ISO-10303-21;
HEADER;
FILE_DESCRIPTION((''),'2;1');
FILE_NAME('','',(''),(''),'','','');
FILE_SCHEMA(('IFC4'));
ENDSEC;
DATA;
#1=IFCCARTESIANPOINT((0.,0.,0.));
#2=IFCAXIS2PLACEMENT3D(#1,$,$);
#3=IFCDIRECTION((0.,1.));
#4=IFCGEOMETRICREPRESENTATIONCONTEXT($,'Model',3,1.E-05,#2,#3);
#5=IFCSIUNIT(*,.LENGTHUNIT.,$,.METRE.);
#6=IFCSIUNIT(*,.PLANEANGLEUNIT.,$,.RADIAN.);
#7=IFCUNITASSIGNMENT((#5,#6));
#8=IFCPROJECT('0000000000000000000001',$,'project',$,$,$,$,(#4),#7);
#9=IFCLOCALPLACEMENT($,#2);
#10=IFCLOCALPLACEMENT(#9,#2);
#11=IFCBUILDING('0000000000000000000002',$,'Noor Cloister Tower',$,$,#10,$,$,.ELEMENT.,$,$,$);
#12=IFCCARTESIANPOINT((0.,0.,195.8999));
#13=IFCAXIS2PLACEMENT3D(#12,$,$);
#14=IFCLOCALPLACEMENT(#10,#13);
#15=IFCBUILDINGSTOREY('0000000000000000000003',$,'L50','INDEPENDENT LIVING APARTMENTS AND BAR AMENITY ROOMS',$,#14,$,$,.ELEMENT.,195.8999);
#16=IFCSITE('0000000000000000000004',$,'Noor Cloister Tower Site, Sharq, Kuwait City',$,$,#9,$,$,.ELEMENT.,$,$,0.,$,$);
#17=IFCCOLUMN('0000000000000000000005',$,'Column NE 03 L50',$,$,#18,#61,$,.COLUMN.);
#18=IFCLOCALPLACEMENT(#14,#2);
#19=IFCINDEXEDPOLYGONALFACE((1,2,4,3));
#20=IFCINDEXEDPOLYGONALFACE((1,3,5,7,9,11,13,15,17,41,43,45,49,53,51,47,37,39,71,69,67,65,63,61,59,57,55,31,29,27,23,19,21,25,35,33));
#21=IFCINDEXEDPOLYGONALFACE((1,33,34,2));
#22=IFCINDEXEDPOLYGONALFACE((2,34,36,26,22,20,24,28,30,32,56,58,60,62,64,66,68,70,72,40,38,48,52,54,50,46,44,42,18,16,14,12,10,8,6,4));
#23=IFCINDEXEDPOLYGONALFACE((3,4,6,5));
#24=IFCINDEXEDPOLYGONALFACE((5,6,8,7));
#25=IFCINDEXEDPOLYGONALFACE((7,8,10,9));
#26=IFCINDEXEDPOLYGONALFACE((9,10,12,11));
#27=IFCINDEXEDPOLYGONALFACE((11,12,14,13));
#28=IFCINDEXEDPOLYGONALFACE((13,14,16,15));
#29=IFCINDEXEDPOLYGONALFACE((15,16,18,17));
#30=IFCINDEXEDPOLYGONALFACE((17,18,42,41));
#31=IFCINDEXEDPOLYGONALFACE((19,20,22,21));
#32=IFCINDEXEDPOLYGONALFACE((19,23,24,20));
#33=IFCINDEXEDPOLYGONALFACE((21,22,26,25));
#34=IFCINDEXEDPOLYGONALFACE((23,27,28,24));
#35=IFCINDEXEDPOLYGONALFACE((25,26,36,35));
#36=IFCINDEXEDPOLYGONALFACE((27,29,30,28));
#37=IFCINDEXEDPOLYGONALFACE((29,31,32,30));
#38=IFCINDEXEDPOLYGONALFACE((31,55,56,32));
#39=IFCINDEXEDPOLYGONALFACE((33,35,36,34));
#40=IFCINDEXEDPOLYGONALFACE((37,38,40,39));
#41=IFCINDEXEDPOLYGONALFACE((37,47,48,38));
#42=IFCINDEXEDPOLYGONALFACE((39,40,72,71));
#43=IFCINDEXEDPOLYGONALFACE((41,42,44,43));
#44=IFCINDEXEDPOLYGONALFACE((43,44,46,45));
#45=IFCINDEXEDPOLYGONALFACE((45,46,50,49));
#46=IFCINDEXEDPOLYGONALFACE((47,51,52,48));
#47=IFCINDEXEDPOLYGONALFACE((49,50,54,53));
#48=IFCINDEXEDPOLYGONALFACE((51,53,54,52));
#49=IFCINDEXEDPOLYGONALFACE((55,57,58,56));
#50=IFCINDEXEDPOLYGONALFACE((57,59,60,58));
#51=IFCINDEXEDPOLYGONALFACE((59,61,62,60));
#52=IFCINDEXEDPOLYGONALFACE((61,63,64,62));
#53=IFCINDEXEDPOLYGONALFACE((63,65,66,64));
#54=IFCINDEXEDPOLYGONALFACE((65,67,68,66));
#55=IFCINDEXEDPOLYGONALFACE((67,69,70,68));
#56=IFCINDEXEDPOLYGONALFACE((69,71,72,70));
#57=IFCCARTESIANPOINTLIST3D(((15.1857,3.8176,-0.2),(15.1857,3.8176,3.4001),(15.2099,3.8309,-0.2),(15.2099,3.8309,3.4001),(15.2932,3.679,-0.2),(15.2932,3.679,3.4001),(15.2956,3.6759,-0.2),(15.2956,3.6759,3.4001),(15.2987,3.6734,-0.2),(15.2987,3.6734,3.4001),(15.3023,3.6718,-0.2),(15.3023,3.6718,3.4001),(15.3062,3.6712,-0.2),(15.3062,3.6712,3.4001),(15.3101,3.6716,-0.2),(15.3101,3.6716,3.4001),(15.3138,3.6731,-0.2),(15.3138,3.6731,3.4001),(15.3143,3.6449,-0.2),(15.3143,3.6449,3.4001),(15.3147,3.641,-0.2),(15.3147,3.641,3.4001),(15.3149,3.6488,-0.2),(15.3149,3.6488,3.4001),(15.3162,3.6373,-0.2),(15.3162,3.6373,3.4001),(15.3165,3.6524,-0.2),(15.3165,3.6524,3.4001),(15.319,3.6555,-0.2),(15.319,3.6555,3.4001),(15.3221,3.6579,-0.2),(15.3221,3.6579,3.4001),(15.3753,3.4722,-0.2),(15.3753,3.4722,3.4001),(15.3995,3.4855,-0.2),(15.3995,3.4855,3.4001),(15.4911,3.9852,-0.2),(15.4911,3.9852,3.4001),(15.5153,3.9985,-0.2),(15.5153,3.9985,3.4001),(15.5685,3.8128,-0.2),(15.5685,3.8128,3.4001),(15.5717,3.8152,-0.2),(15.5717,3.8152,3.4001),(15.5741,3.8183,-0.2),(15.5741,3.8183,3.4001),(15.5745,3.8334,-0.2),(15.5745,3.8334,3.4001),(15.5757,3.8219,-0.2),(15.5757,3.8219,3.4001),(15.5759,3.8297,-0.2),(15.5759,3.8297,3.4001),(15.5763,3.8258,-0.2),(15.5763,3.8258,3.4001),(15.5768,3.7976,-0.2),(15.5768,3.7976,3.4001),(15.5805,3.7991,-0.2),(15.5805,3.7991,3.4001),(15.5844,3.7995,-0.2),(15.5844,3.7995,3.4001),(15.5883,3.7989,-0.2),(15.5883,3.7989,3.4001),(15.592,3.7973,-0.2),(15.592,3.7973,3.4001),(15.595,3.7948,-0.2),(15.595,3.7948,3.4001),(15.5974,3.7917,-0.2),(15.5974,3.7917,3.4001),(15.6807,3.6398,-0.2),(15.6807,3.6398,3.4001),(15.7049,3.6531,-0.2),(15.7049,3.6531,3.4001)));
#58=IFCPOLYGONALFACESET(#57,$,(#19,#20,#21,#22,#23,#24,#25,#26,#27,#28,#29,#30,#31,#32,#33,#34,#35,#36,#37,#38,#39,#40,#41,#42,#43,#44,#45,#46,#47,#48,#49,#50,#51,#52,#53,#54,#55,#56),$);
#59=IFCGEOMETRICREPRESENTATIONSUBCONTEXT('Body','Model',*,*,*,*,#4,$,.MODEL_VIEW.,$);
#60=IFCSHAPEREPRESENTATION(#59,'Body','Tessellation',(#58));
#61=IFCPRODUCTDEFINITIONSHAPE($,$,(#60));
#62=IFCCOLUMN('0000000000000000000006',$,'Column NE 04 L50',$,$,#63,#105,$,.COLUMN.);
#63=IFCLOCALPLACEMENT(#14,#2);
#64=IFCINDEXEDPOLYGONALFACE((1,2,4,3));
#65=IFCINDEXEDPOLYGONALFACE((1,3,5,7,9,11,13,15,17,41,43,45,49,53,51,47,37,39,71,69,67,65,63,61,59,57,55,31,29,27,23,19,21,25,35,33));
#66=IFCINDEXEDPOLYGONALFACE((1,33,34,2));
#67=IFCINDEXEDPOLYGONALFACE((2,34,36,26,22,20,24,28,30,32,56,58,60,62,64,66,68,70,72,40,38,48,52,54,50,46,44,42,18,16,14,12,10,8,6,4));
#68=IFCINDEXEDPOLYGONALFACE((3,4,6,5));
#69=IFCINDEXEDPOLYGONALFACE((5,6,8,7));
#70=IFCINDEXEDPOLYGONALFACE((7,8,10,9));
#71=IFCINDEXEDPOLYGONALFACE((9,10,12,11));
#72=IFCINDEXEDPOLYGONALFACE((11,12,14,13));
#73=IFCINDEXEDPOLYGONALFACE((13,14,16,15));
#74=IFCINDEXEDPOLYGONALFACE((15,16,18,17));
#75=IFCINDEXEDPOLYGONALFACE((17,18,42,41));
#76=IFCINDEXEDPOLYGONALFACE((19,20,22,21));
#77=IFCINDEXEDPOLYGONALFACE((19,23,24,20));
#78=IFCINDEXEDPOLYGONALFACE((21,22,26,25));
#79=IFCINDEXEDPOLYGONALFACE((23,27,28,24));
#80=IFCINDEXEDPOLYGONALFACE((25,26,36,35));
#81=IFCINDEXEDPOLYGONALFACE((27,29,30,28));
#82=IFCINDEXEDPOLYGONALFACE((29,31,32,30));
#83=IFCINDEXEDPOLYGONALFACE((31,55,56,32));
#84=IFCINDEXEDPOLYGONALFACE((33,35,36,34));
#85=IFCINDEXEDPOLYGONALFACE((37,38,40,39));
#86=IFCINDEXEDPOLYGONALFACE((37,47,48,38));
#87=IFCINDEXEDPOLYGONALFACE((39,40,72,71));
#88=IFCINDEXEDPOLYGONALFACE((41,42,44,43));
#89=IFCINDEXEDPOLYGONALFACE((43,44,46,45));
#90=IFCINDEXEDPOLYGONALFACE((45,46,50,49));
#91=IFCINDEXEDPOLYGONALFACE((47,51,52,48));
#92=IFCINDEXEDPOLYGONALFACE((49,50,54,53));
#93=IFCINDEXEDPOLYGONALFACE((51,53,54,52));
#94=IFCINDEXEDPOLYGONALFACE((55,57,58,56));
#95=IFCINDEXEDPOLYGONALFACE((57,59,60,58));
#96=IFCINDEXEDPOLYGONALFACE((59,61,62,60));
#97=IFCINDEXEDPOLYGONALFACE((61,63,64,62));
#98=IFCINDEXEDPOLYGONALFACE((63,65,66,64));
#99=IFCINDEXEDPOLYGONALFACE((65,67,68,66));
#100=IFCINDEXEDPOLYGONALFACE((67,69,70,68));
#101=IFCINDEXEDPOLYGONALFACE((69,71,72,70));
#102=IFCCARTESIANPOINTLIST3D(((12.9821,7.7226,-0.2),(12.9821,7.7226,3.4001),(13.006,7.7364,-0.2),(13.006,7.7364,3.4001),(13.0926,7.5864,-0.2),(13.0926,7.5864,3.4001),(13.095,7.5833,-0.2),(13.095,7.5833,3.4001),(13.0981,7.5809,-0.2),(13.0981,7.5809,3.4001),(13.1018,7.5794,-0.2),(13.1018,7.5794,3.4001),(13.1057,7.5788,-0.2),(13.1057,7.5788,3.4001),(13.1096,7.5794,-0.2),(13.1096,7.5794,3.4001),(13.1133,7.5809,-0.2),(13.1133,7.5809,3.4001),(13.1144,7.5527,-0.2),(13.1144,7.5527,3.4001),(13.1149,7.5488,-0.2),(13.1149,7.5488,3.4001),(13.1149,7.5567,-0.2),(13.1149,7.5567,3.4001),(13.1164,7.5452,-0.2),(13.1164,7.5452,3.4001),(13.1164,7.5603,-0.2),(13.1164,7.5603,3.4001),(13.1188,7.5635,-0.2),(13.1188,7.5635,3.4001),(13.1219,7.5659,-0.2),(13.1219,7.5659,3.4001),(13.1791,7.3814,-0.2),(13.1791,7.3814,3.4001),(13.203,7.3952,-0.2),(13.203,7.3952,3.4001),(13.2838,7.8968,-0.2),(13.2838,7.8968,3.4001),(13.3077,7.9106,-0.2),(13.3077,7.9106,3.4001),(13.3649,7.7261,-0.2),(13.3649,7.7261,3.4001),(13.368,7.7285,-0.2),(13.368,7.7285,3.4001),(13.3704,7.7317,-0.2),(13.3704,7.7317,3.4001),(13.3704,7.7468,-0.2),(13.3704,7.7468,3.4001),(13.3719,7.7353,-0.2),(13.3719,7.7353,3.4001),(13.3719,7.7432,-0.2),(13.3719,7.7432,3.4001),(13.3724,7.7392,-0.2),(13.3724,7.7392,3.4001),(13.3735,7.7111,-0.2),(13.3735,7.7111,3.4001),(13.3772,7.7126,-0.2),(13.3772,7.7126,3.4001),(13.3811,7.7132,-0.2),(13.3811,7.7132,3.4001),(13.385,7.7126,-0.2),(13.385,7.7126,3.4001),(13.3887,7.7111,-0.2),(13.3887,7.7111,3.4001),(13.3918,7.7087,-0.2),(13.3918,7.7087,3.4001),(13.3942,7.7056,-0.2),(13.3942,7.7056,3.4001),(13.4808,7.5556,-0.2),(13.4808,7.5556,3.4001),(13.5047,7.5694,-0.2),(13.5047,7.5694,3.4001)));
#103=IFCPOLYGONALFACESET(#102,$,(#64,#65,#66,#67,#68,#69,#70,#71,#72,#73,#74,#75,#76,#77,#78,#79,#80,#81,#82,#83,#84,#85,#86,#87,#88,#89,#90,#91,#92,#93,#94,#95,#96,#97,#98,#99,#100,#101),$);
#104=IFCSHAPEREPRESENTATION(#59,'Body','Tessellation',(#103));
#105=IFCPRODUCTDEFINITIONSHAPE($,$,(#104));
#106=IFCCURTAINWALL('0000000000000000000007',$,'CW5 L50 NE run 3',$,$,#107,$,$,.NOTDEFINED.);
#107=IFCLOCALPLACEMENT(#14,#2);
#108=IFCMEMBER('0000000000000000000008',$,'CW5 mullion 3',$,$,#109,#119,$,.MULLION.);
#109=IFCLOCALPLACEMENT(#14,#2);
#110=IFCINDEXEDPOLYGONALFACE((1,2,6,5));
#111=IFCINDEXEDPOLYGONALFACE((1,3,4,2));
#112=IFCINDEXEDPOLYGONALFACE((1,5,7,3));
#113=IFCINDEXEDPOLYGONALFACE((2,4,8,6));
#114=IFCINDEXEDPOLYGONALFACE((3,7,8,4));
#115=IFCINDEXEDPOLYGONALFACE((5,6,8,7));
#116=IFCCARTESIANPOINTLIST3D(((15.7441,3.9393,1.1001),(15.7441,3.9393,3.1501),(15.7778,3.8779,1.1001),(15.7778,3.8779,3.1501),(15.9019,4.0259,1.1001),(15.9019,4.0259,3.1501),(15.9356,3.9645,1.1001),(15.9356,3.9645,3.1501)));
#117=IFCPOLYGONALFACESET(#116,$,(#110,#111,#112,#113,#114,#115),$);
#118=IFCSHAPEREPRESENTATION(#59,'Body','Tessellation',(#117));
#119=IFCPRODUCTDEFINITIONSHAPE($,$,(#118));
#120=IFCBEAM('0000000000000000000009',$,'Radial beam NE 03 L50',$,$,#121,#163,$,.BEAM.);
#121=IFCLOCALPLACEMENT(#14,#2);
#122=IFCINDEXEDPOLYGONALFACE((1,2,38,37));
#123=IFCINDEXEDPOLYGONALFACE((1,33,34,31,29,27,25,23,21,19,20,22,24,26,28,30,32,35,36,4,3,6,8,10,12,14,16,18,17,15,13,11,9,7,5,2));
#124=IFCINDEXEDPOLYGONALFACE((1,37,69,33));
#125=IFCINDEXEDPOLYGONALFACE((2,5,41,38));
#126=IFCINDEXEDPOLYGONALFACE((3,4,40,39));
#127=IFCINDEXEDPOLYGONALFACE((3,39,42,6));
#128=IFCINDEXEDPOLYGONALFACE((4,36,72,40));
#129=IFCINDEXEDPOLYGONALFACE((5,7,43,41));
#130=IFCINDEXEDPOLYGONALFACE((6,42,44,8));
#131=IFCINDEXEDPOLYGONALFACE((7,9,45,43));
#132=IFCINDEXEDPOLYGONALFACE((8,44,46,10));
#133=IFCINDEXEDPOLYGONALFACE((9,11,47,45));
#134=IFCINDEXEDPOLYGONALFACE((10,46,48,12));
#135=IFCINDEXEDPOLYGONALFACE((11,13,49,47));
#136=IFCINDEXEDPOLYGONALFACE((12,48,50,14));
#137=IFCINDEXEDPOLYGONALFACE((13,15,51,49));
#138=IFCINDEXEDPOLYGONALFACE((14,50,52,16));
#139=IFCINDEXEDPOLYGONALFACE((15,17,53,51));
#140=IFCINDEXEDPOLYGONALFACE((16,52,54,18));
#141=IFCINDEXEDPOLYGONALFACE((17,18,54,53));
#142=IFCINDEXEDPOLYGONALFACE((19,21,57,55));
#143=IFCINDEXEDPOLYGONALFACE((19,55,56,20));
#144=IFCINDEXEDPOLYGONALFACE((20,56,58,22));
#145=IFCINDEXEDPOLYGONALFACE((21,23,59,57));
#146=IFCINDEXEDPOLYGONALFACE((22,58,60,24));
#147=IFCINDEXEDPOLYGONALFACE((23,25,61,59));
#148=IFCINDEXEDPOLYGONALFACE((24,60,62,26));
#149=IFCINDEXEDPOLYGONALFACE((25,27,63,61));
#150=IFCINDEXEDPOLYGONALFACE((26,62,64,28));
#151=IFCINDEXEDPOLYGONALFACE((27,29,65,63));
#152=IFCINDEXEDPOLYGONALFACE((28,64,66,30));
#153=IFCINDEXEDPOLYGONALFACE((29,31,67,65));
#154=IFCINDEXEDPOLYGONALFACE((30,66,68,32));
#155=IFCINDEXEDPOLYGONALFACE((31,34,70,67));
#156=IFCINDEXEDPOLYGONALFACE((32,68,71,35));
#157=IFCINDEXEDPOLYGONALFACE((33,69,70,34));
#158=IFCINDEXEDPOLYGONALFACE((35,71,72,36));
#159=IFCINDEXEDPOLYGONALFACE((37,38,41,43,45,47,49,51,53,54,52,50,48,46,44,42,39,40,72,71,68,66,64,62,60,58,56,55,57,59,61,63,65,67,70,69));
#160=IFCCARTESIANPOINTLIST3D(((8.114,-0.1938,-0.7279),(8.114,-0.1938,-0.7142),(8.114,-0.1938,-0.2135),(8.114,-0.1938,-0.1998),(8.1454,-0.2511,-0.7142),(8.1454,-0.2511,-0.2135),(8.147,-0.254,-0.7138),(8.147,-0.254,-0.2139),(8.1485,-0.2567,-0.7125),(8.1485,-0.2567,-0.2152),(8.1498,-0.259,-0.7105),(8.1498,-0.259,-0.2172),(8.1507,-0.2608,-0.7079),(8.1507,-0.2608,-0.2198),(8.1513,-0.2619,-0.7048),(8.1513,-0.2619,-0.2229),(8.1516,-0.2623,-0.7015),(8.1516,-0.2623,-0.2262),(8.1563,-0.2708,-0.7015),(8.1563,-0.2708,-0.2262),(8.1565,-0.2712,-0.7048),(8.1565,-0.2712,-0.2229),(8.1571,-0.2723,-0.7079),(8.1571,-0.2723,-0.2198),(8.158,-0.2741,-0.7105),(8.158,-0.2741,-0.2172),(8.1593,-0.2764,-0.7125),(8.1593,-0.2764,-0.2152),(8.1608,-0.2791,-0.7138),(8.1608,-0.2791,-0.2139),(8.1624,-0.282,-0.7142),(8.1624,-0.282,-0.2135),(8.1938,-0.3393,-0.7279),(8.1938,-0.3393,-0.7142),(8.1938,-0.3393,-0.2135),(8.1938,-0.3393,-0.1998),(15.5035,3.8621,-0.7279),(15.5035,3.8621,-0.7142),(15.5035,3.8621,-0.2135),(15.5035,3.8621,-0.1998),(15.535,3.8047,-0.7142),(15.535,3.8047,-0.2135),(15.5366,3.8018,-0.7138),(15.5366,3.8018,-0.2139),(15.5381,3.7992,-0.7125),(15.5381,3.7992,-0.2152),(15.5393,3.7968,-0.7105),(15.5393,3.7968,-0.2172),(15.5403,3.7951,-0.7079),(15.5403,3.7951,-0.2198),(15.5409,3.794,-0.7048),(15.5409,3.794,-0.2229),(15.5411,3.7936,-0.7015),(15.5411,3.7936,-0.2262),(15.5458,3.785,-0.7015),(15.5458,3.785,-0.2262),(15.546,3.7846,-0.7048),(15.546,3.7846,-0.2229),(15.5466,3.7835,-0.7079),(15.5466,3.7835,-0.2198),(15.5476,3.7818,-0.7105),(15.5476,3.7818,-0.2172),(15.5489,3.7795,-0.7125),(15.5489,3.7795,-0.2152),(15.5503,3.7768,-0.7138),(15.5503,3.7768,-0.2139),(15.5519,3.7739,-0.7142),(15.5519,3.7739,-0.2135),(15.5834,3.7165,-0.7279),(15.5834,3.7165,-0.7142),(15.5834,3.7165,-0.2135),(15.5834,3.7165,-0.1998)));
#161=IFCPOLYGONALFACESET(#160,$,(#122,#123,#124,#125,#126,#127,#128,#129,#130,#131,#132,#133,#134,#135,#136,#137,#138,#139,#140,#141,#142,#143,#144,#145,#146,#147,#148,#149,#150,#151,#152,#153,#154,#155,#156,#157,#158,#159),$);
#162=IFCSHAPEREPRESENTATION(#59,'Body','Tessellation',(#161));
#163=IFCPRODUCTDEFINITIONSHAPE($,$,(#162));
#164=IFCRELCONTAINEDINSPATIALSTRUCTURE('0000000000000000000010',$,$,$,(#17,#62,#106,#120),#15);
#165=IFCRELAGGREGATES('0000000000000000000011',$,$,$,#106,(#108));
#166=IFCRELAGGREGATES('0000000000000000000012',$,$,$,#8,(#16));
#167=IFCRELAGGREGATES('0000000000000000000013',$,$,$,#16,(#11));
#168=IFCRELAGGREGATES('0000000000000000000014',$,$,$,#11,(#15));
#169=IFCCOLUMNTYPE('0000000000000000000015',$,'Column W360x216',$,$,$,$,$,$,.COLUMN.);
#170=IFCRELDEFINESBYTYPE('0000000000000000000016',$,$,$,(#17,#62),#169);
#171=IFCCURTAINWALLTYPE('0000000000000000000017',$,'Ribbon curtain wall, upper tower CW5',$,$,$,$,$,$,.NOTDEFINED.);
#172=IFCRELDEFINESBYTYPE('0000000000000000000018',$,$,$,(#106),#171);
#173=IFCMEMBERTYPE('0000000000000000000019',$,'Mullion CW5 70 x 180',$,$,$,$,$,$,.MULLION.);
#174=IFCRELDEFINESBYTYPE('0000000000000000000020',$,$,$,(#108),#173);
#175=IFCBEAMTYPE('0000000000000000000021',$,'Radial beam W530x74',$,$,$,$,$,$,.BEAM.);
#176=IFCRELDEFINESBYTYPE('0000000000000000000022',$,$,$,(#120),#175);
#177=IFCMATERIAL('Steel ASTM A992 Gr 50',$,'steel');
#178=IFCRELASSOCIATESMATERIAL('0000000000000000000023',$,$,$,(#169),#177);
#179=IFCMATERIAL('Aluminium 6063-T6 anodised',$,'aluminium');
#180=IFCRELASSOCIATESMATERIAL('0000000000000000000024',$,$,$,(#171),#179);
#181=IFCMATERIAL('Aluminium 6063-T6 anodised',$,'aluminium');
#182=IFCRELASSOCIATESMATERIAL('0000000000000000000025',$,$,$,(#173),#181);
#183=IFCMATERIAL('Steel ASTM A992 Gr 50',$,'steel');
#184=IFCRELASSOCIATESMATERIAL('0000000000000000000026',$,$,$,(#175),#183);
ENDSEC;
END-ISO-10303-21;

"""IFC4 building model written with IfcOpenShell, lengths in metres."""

from ifc_helpers import new_model, si_unit, direction, frame, origin, origin_2d, place, context, subcontext, project, spatial, rectangle, i_section, extrude, material, material_profile, profile_set, type_object, element, aggregate, save


model = new_model("IFC4")

# Units and contexts
model_context = context("Model", 3, precision=1e-05, world=origin(), true_north=direction((0.0, 1.0)))
body_context = subcontext(model_context, "Body", "Model", "MODEL_VIEW")
ifc_project = project(units=[si_unit("LENGTHUNIT", "METRE"), si_unit("PLANEANGLEUNIT", "RADIAN")], contexts=[model_context])

# Site, building, storey
site_placement = place(None, origin())
site = spatial("IfcSite", under=ifc_project, at=site_placement, Name="Noor Cloister Tower Site, Sharq, Kuwait City", CompositionType="ELEMENT", RefElevation=0.0)
building_placement = place(site_placement, origin())
building = spatial("IfcBuilding", under=site, at=building_placement, Name="Noor Cloister Tower", CompositionType="ELEMENT")
storey_placement = place(building_placement, frame((0.0, 0.0, 195.8999)))
storey = spatial("IfcBuildingStorey", under=building, at=storey_placement, Name="L50", Description="INDEPENDENT LIVING APARTMENTS AND BAR AMENITY ROOMS", CompositionType="ELEMENT", Elevation=195.8999)

# Columns
ifc_material_1 = material(Name="Steel ASTM A992 Gr 50", Category="steel")
ifc_material_profile_1 = material_profile(ifc_material_1, i_section(OverallWidth=0.394, OverallDepth=0.376, WebThickness=0.0173, FlangeThickness=0.0276, FilletRadius=0.0151, at=origin_2d()), Name="W360x216")
ifc_profile_set_1 = profile_set([ifc_material_profile_1], Name="Steel ASTM A992 Gr 50")
column_type = type_object("IfcColumnType", Name="Column W360x216", PredefinedType="COLUMN", material=ifc_profile_set_1)
for number, where, z_axis, x_axis, name in (
    (1, (15.4453, 3.7354, -0.2), (0.0, 0.0, 1.0), (-0.481143, 0.876642, 0.0), "Column NE 03 L50"),
    (2, (13.2434, 7.646, -0.2), (0.0, 0.0, 1.0), (-0.5, 0.866025, 0.0), "Column NE 04 L50"),
):
    element("IfcColumn", number, at=place(storey_placement, frame(where, z_axis=z_axis, x_axis=x_axis)), inside=storey, type_object=column_type, Name=name, PredefinedType="COLUMN", context=body_context, shape_type="SweptSolid", body=[
        extrude(i_section(OverallWidth=0.394, OverallDepth=0.376, WebThickness=0.0173, FlangeThickness=0.0276, FilletRadius=0.0151, at=origin_2d()), origin(), (0.0, 0.0, 1.0), 3.6001),
    ])

# Curtain wall, member
ifc_material_2 = material(Name="Aluminium 6063-T6 anodised", Category="aluminium")
curtain_wall_type = type_object("IfcCurtainWallType", Name="Ribbon curtain wall, upper tower CW5", PredefinedType="NOTDEFINED", material=ifc_material_2)
curtain_wall_placement = place(storey_placement, origin())
curtain_wall = element("IfcCurtainWall", 3, at=curtain_wall_placement, inside=storey, type_object=curtain_wall_type, Name="CW5 L50 NE run 3", PredefinedType="NOTDEFINED")
ifc_material_3 = material(Name="Aluminium 6063-T6 anodised", Category="aluminium")
ifc_material_profile_2 = material_profile(ifc_material_3, rectangle(XDim=0.1799, YDim=0.0701, at=origin_2d()), Name="180 x 70 mullion")
ifc_profile_set_2 = profile_set([ifc_material_profile_2], Name="Aluminium 6063-T6 anodised")
member_type = type_object("IfcMemberType", Name="Mullion CW5 70 x 180", PredefinedType="MULLION", material=ifc_profile_set_2)
member_placement = place(storey_placement, frame((15.8398, 3.9519, 1.1001), z_axis=(0.0, 0.0, 1.0), x_axis=(-0.876642, -0.481143, 0.0)))
member = element("IfcMember", 4, at=member_placement, type_object=member_type, Name="CW5 mullion 3", PredefinedType="MULLION", context=body_context, shape_type="SweptSolid", body=[
    extrude(rectangle(XDim=0.1799, YDim=0.0701, at=origin_2d()), origin(), (0.0, 0.0, 1.0), 2.05),
])

# Beam
ifc_material_4 = material(Name="Steel ASTM A992 Gr 50", Category="steel")
ifc_material_profile_3 = material_profile(ifc_material_4, i_section(OverallWidth=0.166, OverallDepth=0.5281, WebThickness=0.0098, FlangeThickness=0.0137, FilletRadius=0.0127, at=origin_2d()), Name="W530x74")
ifc_profile_set_3 = profile_set([ifc_material_profile_3], Name="Steel ASTM A992 Gr 50")
beam_type_1 = type_object("IfcBeamType", Name="Radial beam W530x74", PredefinedType="BEAM", material=ifc_profile_set_3)
beam_1_placement = place(storey_placement, frame((15.5435, 3.7893, -0.4639), z_axis=(-0.876636, -0.481154, 0.0), x_axis=(0.481154, -0.876636, 0.0)))
element("IfcBeam", 5, at=beam_1_placement, inside=storey, type_object=beam_type_1, Name="Radial beam NE 03 L50", PredefinedType="BEAM", context=body_context, shape_type="SweptSolid", body=[
    extrude(i_section(OverallWidth=0.166, OverallDepth=0.5281, WebThickness=0.0098, FlangeThickness=0.0137, FilletRadius=0.0127, at=origin_2d()), origin(), (0.0, 0.0, 1.0), 8.4294),
])

aggregate(curtain_wall, [member])

save(model, "model.ifc")
